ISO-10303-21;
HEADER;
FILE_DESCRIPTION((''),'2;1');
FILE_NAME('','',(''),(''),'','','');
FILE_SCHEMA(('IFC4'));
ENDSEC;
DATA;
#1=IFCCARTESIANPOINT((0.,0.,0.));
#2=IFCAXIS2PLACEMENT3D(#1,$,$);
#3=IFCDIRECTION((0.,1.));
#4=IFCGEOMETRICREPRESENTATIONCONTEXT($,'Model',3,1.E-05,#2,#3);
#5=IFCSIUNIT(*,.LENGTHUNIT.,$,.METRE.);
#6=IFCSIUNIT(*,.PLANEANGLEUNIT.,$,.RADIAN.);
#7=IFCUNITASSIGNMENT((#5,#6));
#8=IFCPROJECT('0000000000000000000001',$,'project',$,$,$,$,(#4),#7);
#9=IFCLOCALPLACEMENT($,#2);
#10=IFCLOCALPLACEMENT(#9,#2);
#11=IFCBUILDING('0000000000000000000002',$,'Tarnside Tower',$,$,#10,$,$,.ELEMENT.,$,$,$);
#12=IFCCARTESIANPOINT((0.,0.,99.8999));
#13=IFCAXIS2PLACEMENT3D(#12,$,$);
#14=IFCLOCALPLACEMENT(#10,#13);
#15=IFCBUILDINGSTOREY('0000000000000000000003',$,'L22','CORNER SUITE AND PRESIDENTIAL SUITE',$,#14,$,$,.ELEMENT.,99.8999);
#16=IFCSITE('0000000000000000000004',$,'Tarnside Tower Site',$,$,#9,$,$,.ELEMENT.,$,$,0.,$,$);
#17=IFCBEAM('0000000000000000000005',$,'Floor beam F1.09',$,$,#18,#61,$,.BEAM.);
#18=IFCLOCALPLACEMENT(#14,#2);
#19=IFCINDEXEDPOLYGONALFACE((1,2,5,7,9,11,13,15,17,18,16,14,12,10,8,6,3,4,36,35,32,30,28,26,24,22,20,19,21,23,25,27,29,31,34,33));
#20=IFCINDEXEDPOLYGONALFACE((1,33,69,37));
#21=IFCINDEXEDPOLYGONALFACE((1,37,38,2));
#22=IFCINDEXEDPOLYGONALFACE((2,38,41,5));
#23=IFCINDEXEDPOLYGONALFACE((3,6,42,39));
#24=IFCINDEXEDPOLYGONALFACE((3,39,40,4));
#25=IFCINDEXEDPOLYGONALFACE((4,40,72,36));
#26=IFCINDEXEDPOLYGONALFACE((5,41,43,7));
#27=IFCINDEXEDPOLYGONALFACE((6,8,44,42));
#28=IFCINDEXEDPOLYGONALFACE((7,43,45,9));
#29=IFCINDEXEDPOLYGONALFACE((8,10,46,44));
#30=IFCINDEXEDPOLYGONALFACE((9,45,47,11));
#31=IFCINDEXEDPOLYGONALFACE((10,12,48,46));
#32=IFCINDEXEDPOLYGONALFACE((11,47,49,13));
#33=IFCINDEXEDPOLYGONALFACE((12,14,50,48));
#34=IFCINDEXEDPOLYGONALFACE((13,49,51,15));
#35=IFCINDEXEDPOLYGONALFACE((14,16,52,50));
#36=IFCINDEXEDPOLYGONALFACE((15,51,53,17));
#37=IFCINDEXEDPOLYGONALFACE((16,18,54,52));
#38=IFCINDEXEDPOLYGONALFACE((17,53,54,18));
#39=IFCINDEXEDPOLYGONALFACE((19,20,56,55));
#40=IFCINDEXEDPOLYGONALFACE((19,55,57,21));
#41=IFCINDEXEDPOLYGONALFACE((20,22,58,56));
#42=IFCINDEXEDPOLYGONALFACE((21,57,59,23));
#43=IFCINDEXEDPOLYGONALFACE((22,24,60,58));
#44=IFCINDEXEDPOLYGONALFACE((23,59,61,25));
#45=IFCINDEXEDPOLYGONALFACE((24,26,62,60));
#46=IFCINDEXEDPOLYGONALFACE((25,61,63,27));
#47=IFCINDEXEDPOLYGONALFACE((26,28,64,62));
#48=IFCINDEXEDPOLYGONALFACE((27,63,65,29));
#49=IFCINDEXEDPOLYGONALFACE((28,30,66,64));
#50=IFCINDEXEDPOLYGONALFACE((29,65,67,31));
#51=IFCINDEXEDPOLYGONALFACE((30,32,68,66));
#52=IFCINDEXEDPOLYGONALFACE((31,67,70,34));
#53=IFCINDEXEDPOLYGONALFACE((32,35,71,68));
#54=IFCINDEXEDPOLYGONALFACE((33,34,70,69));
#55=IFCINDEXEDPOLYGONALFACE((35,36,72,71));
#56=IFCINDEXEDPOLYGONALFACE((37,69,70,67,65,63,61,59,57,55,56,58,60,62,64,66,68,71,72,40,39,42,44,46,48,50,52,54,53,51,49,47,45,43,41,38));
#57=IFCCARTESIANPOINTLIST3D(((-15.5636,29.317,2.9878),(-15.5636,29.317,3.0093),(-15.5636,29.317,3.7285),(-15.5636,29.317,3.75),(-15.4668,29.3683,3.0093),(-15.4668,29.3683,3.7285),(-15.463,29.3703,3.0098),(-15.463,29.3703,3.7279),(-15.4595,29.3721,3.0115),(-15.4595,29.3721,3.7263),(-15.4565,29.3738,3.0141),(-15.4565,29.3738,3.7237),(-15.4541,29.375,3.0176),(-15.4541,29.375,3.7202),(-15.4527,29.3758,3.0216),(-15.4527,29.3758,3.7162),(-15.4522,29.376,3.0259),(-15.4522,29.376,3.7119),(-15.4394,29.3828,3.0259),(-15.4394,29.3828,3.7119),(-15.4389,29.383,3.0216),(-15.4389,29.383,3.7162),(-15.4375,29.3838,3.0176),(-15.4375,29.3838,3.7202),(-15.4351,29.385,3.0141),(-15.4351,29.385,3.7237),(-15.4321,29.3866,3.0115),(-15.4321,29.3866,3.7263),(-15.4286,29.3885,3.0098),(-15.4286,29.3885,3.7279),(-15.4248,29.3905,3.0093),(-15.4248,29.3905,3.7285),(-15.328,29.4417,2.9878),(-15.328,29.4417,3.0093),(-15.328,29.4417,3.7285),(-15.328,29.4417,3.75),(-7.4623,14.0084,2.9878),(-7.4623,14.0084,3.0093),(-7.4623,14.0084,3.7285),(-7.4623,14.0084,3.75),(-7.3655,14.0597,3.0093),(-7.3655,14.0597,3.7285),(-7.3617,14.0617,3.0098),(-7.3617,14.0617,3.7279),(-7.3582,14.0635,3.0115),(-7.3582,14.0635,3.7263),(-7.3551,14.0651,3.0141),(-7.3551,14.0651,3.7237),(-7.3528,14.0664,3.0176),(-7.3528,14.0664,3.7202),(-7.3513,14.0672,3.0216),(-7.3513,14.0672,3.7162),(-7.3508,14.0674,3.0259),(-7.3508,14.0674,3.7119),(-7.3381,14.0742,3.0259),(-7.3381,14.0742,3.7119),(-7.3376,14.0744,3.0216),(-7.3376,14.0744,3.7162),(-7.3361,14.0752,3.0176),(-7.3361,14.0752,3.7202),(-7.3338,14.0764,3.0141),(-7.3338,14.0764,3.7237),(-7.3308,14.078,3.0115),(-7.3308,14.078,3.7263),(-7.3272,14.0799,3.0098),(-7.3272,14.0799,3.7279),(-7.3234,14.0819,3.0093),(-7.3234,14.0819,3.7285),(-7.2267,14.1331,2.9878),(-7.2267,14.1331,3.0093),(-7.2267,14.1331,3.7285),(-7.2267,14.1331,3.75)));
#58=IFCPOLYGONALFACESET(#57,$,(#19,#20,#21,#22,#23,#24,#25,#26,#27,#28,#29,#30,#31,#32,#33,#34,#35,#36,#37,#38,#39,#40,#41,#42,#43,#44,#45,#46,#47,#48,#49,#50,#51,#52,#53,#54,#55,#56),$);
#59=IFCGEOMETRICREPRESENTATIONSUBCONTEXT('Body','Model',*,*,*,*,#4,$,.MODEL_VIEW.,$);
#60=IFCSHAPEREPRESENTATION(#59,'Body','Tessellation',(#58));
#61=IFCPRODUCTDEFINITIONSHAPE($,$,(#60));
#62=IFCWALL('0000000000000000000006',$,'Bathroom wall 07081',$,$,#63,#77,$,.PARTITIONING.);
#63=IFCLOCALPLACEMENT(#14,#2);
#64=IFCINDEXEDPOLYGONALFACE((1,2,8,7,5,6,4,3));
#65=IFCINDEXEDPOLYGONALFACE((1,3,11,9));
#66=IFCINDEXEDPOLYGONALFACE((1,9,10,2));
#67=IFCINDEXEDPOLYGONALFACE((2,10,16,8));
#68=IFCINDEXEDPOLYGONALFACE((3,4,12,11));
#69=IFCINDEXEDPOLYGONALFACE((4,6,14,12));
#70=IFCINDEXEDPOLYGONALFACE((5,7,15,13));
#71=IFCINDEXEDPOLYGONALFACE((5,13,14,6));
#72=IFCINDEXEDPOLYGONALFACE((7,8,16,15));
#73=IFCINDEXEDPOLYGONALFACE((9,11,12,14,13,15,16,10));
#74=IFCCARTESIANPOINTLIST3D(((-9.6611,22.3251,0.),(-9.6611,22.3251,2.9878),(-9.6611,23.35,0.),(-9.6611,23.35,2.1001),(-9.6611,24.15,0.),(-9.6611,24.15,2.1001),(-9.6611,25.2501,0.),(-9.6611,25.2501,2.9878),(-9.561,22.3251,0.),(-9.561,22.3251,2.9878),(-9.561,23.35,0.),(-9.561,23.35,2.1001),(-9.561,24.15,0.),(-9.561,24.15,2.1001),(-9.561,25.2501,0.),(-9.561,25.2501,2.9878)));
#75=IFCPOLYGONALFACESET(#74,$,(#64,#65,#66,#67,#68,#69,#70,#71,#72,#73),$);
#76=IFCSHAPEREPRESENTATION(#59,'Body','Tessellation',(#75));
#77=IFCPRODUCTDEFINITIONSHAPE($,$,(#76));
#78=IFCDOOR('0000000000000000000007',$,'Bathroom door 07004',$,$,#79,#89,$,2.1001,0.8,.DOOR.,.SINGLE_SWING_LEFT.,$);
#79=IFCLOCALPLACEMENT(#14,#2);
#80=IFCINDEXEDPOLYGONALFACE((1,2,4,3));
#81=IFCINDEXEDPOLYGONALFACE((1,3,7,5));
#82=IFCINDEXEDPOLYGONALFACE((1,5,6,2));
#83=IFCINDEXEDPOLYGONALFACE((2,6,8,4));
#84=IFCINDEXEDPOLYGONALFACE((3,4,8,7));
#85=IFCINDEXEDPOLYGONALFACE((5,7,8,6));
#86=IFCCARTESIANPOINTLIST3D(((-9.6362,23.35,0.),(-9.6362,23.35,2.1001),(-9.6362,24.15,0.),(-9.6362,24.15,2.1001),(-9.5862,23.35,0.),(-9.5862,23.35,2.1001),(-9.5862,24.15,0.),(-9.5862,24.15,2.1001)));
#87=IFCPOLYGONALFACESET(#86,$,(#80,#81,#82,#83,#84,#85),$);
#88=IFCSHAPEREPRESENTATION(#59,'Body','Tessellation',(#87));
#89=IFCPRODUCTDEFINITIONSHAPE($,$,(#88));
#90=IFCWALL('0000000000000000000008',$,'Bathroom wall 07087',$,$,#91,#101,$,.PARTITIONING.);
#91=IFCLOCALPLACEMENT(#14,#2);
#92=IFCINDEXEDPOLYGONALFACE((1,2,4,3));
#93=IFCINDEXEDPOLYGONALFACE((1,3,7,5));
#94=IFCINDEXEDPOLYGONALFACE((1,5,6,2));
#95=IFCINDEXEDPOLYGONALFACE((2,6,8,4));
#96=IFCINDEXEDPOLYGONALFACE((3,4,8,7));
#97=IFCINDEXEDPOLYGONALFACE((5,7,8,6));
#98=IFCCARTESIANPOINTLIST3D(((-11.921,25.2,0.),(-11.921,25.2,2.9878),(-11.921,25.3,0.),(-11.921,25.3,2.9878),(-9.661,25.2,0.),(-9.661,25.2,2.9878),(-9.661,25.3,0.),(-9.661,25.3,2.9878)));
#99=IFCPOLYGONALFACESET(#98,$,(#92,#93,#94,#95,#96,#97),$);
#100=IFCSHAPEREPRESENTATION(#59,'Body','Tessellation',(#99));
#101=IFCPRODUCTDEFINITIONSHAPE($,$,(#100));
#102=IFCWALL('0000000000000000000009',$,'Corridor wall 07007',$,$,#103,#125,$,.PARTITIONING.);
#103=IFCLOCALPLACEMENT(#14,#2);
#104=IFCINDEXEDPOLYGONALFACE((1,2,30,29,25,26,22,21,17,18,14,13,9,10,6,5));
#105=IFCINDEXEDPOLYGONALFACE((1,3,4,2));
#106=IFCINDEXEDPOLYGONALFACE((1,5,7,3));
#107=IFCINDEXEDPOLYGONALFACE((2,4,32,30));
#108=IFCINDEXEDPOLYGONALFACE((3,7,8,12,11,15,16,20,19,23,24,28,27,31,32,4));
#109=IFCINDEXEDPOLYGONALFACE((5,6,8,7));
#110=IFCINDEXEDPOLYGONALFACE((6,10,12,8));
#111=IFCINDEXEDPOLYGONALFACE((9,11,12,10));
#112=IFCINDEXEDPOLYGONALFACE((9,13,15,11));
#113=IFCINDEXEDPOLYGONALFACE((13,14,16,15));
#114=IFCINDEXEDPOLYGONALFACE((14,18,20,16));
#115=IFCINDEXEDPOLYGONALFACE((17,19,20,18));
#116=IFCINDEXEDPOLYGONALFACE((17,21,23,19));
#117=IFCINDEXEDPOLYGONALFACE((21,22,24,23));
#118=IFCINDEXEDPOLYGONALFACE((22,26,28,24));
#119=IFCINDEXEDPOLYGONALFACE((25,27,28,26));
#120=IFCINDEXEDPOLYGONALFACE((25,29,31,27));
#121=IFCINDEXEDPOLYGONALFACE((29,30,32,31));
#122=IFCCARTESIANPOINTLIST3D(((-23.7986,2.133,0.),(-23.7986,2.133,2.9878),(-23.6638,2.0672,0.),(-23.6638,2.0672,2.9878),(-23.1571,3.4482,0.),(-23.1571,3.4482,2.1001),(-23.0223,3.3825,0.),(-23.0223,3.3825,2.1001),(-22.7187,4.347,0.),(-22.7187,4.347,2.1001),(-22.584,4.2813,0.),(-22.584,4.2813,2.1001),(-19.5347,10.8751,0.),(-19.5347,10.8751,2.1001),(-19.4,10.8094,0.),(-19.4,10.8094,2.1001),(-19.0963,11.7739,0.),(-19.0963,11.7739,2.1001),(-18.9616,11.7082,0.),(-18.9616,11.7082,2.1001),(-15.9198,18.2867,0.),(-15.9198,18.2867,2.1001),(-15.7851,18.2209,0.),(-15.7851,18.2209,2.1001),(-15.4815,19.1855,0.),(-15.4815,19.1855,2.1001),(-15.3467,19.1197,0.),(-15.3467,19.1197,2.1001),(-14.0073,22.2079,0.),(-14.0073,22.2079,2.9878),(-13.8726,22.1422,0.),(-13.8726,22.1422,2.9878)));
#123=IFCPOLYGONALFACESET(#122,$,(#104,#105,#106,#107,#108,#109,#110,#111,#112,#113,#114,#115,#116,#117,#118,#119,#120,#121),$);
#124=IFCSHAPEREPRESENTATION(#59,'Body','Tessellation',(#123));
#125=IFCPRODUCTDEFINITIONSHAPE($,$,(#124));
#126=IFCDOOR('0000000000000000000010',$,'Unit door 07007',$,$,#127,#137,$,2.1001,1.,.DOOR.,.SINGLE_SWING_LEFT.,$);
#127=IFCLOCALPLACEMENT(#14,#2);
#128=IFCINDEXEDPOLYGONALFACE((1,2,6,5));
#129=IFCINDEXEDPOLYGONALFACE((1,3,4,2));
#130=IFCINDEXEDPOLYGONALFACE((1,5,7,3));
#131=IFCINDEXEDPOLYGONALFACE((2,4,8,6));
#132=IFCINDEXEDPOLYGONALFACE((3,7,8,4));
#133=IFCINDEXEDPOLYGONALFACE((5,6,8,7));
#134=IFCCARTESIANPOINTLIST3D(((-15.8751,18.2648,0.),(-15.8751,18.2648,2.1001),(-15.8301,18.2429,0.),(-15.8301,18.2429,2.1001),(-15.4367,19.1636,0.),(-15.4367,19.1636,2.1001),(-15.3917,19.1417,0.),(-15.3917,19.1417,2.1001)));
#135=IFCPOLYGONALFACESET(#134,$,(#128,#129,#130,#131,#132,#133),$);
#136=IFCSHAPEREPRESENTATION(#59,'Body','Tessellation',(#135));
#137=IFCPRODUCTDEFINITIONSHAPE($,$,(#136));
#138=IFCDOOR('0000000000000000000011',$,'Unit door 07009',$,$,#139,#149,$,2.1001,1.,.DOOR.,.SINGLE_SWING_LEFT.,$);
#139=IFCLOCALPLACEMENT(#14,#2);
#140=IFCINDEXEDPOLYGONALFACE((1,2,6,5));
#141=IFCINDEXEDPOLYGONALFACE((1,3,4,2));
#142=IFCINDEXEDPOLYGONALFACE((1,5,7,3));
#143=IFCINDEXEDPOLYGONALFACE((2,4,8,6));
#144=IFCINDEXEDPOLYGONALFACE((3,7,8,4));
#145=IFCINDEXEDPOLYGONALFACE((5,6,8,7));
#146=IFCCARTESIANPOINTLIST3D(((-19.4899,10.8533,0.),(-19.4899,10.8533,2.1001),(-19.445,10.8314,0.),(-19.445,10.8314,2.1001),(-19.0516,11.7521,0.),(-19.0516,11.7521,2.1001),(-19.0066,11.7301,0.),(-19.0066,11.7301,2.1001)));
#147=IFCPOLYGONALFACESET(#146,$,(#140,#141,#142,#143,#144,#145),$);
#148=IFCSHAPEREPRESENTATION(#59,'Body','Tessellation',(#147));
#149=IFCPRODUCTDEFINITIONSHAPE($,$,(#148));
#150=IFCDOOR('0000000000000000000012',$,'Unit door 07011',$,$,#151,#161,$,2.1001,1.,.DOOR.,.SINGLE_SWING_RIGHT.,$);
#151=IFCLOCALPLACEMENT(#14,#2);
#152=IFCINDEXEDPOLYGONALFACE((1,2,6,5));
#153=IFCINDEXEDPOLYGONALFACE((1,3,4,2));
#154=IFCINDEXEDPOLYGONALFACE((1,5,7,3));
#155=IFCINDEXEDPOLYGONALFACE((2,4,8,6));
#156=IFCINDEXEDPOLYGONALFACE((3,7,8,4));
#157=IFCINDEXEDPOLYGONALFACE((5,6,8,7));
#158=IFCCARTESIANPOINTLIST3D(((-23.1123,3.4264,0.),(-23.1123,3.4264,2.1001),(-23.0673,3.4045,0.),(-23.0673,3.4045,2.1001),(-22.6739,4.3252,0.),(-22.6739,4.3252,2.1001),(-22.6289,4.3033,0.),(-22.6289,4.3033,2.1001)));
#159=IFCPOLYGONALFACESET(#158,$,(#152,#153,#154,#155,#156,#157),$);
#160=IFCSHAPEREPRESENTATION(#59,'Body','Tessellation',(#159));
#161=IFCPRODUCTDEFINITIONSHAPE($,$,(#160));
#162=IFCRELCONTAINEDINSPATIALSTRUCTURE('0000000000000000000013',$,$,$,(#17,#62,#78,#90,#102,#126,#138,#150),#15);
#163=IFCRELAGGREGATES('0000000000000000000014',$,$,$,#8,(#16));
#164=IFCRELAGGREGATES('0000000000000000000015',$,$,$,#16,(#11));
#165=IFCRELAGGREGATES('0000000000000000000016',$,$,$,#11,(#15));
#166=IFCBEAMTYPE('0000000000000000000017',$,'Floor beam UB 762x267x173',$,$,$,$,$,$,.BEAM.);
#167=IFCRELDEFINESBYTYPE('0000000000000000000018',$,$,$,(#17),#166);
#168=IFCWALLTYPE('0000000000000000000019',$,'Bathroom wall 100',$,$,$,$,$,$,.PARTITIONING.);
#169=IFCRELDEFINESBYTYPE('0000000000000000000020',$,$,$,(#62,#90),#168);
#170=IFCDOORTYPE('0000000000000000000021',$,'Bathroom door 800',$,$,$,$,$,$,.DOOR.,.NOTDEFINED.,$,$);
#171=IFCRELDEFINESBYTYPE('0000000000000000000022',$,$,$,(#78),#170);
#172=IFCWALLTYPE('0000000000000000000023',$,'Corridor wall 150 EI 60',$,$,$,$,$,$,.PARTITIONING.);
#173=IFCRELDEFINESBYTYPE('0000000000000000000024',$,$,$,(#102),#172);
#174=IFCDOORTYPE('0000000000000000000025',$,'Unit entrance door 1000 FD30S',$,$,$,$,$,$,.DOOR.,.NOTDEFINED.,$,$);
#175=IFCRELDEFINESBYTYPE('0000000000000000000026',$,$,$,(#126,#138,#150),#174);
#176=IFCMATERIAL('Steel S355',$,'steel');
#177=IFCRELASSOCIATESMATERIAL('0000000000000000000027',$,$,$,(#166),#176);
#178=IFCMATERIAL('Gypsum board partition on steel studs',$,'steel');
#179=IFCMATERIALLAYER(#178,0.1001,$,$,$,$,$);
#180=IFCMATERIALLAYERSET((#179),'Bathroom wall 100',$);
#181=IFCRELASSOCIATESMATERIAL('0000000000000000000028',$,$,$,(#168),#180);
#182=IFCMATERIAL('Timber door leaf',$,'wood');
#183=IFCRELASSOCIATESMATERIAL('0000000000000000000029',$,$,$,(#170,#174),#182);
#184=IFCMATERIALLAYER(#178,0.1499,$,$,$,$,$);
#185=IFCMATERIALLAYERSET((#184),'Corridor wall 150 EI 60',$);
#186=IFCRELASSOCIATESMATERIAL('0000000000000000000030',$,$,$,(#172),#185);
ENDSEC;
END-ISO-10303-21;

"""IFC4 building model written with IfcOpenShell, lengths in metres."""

from ifc_helpers import new_model, si_unit, direction, frame, frame_2d, origin, origin_2d, place, context, subcontext, project, spatial, rectangle, i_section, extrude, material, layer, layer_set, material_profile, profile_set, type_object, element, fill, save


model = new_model("IFC4")

# Units and contexts
model_context = context("Model", 3, precision=1e-05, world=origin(), true_north=direction((0.0, 1.0)))
body_context = subcontext(model_context, "Body", "Model", "MODEL_VIEW")
ifc_project = project(units=[si_unit("LENGTHUNIT", "METRE"), si_unit("PLANEANGLEUNIT", "RADIAN")], contexts=[model_context])

# Site, building, storey
site_placement = place(None, origin())
site = spatial("IfcSite", under=ifc_project, at=site_placement, Name="Tarnside Tower Site", CompositionType="ELEMENT", RefElevation=0.0)
building_placement = place(site_placement, origin())
building = spatial("IfcBuilding", under=site, at=building_placement, Name="Tarnside Tower", CompositionType="ELEMENT")
storey_placement = place(building_placement, frame((0.0, 0.0, 99.8999)))
storey = spatial("IfcBuildingStorey", under=building, at=storey_placement, Name="L22", Description="CORNER SUITE AND PRESIDENTIAL SUITE", CompositionType="ELEMENT", Elevation=99.8999)

# Beam
ifc_material_1 = material(Name="Steel S355", Category="steel")
ifc_material_profile_1 = material_profile(ifc_material_1, i_section(OverallWidth=0.2666, OverallDepth=0.7622, WebThickness=0.0144, FlangeThickness=0.0215, FilletRadius=0.0166, at=origin_2d()), Name="UB 762x267x173")
ifc_profile_set_1 = profile_set([ifc_material_profile_1], Name="Steel S355")
beam_type_1 = type_object("IfcBeamType", Name="Floor beam UB 762x267x173", PredefinedType="BEAM", material=ifc_profile_set_1)
beam_1_placement = place(storey_placement, frame((-15.4458, 29.3794, 3.3689), z_axis=(0.467742, -0.883865, 0.0), x_axis=(0.883865, 0.467742, 0.0)))
element("IfcBeam", 1, at=beam_1_placement, inside=storey, type_object=beam_type_1, Name="Floor beam F1.09", PredefinedType="BEAM", context=body_context, shape_type="SweptSolid", body=[
    extrude(i_section(OverallWidth=0.2666, OverallDepth=0.7622, WebThickness=0.0144, FlangeThickness=0.0215, FilletRadius=0.0166, at=origin_2d()), origin(), (0.0, 0.0, 1.0), 17.3201),
])

# Wall, opening, door
ifc_material_2 = material(Name="Gypsum board partition on steel studs", Category="steel")
ifc_layer_1 = layer(ifc_material_2, 0.1001)
ifc_layer_set_1 = layer_set([ifc_layer_1], Name="Bathroom wall 100")
wall_type_1 = type_object("IfcWallType", Name="Bathroom wall 100", PredefinedType="PARTITIONING", material=ifc_layer_set_1)
wall_1_placement = place(storey_placement, frame((-9.6111, 25.25, 0.0), z_axis=(0.0, 0.0, 1.0), x_axis=(0.0, -1.0, 0.0)))
wall_1 = element("IfcWall", 2, at=wall_1_placement, inside=storey, type_object=wall_type_1, Name="Bathroom wall 07081", PredefinedType="PARTITIONING", context=body_context, shape_type="SweptSolid", body=[
    extrude(rectangle(XDim=2.925, YDim=0.1001, at=frame_2d((1.4624, 0.0))), origin(), (0.0, 0.0, 1.0), 2.9878),
])
opening_1_placement = place(wall_1_placement, frame((1.1001, 0.0, 0.0)))
opening_1 = element("IfcOpeningElement", 3, at=opening_1_placement, cuts=wall_1, PredefinedType="OPENING", context=body_context, shape_type="SweptSolid", body=[
    extrude(rectangle(XDim=0.8, YDim=2.1001, at=frame_2d((0.3999, 1.05))), frame((0.0, 0.0601, 0.0), z_axis=(0.0, -1.0, 0.0), x_axis=(1.0, 0.0, 0.0)), (0.0, 0.0, 1.0), 0.1201),
])
ifc_material_3 = material(Name="Timber door leaf", Category="wood")
door_type_1 = type_object("IfcDoorType", Name="Bathroom door 800", OperationType="NOTDEFINED", PredefinedType="DOOR", material=ifc_material_3)
door_1_placement = place(opening_1_placement, origin())
door_1 = element("IfcDoor", 4, at=door_1_placement, inside=storey, type_object=door_type_1, Name="Bathroom door 07004", OperationType="SINGLE_SWING_LEFT", OverallHeight=2.1001, OverallWidth=0.8, PredefinedType="DOOR", context=body_context, shape_type="SweptSolid", body=[
    extrude(rectangle(XDim=0.8, YDim=2.1001, at=frame_2d((0.3999, 1.05))), frame((0.0, 0.0249, 0.0), z_axis=(0.0, -1.0, 0.0), x_axis=(1.0, 0.0, 0.0)), (0.0, 0.0, 1.0), 0.05),
])
fill(opening_1, door_1)

# Wall
wall_2_placement = place(storey_placement, frame((-9.6611, 25.25, 0.0), z_axis=(0.0, 0.0, 1.0), x_axis=(-1.0, 0.0, 0.0)))
element("IfcWall", 5, at=wall_2_placement, inside=storey, type_object=wall_type_1, Name="Bathroom wall 07087", PredefinedType="PARTITIONING", context=body_context, shape_type="SweptSolid", body=[
    extrude(rectangle(XDim=2.26, YDim=0.1001, at=frame_2d((1.1299, 0.0))), origin(), (0.0, 0.0, 1.0), 2.9878),
])

# Wall, openings, doors
ifc_layer_2 = layer(ifc_material_2, 0.1499)
ifc_layer_set_2 = layer_set([ifc_layer_2], Name="Corridor wall 150 EI 60")
wall_type_2 = type_object("IfcWallType", Name="Corridor wall 150 EI 60", PredefinedType="PARTITIONING", material=ifc_layer_set_2)
wall_3_placement = place(storey_placement, frame((-13.9399, 22.175, 0.0), z_axis=(0.0, 0.0, 1.0), x_axis=(-0.438373, -0.898793, 0.0)))
wall_3 = element("IfcWall", 6, at=wall_3_placement, inside=storey, type_object=wall_type_2, Name="Corridor wall 07007", PredefinedType="PARTITIONING", context=body_context, shape_type="SweptSolid", body=[
    extrude(rectangle(XDim=22.3354, YDim=0.1499, at=frame_2d((11.1677, 0.0))), origin(), (0.0, 0.0, 1.0), 2.9878),
])
opening_2_placement = place(wall_3_placement, frame((3.3628, 0.0, 0.0)))
opening_2 = element("IfcOpeningElement", 7, at=opening_2_placement, cuts=wall_3, PredefinedType="OPENING", context=body_context, shape_type="SweptSolid", body=[
    extrude(rectangle(XDim=1.0, YDim=2.1001, at=frame_2d((0.5, 1.05))), frame((0.0, 0.085, 0.0), z_axis=(0.0, -1.0, 0.0), x_axis=(1.0, 0.0, 0.0)), (0.0, 0.0, 1.0), 0.1699),
])
opening_3_placement = place(wall_3_placement, frame((11.6089, 0.0, 0.0)))
opening_3 = element("IfcOpeningElement", 8, at=opening_3_placement, cuts=wall_3, PredefinedType="OPENING", context=body_context, shape_type="SweptSolid", body=[
    extrude(rectangle(XDim=1.0, YDim=2.1001, at=frame_2d((0.5, 1.05))), frame((0.0, 0.085, 0.0), z_axis=(0.0, -1.0, 0.0), x_axis=(1.0, 0.0, 0.0)), (0.0, 0.0, 1.0), 0.1699),
])
opening_4_placement = place(wall_3_placement, frame((19.8721, 0.0, 0.0)))
opening_4 = element("IfcOpeningElement", 9, at=opening_4_placement, cuts=wall_3, PredefinedType="OPENING", context=body_context, shape_type="SweptSolid", body=[
    extrude(rectangle(XDim=1.0, YDim=2.1001, at=frame_2d((0.5, 1.05))), frame((0.0, 0.085, 0.0), z_axis=(0.0, -1.0, 0.0), x_axis=(1.0, 0.0, 0.0)), (0.0, 0.0, 1.0), 0.1699),
])
door_type_2 = type_object("IfcDoorType", Name="Unit entrance door 1000 FD30S", OperationType="NOTDEFINED", PredefinedType="DOOR", material=ifc_material_3)
door_2_placement = place(opening_2_placement, origin())
door_2 = element("IfcDoor", 10, at=door_2_placement, inside=storey, type_object=door_type_2, Name="Unit door 07007", OperationType="SINGLE_SWING_LEFT", OverallHeight=2.1001, OverallWidth=1.0, PredefinedType="DOOR", context=body_context, shape_type="SweptSolid", body=[
    extrude(rectangle(XDim=1.0, YDim=2.1001, at=frame_2d((0.5, 1.05))), frame((0.0, 0.0249, 0.0), z_axis=(0.0, -1.0, 0.0), x_axis=(1.0, 0.0, 0.0)), (0.0, 0.0, 1.0), 0.05),
])
fill(opening_2, door_2)
door_3_placement = place(opening_3_placement, origin())
door_3 = element("IfcDoor", 11, at=door_3_placement, inside=storey, type_object=door_type_2, Name="Unit door 07009", OperationType="SINGLE_SWING_LEFT", OverallHeight=2.1001, OverallWidth=1.0, PredefinedType="DOOR", context=body_context, shape_type="SweptSolid", body=[
    extrude(rectangle(XDim=1.0, YDim=2.1001, at=frame_2d((0.5, 1.05))), frame((0.0, 0.0249, 0.0), z_axis=(0.0, -1.0, 0.0), x_axis=(1.0, 0.0, 0.0)), (0.0, 0.0, 1.0), 0.05),
])
fill(opening_3, door_3)
door_4_placement = place(opening_4_placement, origin())
door_4 = element("IfcDoor", 12, at=door_4_placement, inside=storey, type_object=door_type_2, Name="Unit door 07011", OperationType="SINGLE_SWING_RIGHT", OverallHeight=2.1001, OverallWidth=1.0, PredefinedType="DOOR", context=body_context, shape_type="SweptSolid", body=[
    extrude(rectangle(XDim=1.0, YDim=2.1001, at=frame_2d((0.5, 1.05))), frame((0.0, 0.0249, 0.0), z_axis=(0.0, -1.0, 0.0), x_axis=(1.0, 0.0, 0.0)), (0.0, 0.0, 1.0), 0.05),
])
fill(opening_4, door_4)

save(model, "model.ifc")
